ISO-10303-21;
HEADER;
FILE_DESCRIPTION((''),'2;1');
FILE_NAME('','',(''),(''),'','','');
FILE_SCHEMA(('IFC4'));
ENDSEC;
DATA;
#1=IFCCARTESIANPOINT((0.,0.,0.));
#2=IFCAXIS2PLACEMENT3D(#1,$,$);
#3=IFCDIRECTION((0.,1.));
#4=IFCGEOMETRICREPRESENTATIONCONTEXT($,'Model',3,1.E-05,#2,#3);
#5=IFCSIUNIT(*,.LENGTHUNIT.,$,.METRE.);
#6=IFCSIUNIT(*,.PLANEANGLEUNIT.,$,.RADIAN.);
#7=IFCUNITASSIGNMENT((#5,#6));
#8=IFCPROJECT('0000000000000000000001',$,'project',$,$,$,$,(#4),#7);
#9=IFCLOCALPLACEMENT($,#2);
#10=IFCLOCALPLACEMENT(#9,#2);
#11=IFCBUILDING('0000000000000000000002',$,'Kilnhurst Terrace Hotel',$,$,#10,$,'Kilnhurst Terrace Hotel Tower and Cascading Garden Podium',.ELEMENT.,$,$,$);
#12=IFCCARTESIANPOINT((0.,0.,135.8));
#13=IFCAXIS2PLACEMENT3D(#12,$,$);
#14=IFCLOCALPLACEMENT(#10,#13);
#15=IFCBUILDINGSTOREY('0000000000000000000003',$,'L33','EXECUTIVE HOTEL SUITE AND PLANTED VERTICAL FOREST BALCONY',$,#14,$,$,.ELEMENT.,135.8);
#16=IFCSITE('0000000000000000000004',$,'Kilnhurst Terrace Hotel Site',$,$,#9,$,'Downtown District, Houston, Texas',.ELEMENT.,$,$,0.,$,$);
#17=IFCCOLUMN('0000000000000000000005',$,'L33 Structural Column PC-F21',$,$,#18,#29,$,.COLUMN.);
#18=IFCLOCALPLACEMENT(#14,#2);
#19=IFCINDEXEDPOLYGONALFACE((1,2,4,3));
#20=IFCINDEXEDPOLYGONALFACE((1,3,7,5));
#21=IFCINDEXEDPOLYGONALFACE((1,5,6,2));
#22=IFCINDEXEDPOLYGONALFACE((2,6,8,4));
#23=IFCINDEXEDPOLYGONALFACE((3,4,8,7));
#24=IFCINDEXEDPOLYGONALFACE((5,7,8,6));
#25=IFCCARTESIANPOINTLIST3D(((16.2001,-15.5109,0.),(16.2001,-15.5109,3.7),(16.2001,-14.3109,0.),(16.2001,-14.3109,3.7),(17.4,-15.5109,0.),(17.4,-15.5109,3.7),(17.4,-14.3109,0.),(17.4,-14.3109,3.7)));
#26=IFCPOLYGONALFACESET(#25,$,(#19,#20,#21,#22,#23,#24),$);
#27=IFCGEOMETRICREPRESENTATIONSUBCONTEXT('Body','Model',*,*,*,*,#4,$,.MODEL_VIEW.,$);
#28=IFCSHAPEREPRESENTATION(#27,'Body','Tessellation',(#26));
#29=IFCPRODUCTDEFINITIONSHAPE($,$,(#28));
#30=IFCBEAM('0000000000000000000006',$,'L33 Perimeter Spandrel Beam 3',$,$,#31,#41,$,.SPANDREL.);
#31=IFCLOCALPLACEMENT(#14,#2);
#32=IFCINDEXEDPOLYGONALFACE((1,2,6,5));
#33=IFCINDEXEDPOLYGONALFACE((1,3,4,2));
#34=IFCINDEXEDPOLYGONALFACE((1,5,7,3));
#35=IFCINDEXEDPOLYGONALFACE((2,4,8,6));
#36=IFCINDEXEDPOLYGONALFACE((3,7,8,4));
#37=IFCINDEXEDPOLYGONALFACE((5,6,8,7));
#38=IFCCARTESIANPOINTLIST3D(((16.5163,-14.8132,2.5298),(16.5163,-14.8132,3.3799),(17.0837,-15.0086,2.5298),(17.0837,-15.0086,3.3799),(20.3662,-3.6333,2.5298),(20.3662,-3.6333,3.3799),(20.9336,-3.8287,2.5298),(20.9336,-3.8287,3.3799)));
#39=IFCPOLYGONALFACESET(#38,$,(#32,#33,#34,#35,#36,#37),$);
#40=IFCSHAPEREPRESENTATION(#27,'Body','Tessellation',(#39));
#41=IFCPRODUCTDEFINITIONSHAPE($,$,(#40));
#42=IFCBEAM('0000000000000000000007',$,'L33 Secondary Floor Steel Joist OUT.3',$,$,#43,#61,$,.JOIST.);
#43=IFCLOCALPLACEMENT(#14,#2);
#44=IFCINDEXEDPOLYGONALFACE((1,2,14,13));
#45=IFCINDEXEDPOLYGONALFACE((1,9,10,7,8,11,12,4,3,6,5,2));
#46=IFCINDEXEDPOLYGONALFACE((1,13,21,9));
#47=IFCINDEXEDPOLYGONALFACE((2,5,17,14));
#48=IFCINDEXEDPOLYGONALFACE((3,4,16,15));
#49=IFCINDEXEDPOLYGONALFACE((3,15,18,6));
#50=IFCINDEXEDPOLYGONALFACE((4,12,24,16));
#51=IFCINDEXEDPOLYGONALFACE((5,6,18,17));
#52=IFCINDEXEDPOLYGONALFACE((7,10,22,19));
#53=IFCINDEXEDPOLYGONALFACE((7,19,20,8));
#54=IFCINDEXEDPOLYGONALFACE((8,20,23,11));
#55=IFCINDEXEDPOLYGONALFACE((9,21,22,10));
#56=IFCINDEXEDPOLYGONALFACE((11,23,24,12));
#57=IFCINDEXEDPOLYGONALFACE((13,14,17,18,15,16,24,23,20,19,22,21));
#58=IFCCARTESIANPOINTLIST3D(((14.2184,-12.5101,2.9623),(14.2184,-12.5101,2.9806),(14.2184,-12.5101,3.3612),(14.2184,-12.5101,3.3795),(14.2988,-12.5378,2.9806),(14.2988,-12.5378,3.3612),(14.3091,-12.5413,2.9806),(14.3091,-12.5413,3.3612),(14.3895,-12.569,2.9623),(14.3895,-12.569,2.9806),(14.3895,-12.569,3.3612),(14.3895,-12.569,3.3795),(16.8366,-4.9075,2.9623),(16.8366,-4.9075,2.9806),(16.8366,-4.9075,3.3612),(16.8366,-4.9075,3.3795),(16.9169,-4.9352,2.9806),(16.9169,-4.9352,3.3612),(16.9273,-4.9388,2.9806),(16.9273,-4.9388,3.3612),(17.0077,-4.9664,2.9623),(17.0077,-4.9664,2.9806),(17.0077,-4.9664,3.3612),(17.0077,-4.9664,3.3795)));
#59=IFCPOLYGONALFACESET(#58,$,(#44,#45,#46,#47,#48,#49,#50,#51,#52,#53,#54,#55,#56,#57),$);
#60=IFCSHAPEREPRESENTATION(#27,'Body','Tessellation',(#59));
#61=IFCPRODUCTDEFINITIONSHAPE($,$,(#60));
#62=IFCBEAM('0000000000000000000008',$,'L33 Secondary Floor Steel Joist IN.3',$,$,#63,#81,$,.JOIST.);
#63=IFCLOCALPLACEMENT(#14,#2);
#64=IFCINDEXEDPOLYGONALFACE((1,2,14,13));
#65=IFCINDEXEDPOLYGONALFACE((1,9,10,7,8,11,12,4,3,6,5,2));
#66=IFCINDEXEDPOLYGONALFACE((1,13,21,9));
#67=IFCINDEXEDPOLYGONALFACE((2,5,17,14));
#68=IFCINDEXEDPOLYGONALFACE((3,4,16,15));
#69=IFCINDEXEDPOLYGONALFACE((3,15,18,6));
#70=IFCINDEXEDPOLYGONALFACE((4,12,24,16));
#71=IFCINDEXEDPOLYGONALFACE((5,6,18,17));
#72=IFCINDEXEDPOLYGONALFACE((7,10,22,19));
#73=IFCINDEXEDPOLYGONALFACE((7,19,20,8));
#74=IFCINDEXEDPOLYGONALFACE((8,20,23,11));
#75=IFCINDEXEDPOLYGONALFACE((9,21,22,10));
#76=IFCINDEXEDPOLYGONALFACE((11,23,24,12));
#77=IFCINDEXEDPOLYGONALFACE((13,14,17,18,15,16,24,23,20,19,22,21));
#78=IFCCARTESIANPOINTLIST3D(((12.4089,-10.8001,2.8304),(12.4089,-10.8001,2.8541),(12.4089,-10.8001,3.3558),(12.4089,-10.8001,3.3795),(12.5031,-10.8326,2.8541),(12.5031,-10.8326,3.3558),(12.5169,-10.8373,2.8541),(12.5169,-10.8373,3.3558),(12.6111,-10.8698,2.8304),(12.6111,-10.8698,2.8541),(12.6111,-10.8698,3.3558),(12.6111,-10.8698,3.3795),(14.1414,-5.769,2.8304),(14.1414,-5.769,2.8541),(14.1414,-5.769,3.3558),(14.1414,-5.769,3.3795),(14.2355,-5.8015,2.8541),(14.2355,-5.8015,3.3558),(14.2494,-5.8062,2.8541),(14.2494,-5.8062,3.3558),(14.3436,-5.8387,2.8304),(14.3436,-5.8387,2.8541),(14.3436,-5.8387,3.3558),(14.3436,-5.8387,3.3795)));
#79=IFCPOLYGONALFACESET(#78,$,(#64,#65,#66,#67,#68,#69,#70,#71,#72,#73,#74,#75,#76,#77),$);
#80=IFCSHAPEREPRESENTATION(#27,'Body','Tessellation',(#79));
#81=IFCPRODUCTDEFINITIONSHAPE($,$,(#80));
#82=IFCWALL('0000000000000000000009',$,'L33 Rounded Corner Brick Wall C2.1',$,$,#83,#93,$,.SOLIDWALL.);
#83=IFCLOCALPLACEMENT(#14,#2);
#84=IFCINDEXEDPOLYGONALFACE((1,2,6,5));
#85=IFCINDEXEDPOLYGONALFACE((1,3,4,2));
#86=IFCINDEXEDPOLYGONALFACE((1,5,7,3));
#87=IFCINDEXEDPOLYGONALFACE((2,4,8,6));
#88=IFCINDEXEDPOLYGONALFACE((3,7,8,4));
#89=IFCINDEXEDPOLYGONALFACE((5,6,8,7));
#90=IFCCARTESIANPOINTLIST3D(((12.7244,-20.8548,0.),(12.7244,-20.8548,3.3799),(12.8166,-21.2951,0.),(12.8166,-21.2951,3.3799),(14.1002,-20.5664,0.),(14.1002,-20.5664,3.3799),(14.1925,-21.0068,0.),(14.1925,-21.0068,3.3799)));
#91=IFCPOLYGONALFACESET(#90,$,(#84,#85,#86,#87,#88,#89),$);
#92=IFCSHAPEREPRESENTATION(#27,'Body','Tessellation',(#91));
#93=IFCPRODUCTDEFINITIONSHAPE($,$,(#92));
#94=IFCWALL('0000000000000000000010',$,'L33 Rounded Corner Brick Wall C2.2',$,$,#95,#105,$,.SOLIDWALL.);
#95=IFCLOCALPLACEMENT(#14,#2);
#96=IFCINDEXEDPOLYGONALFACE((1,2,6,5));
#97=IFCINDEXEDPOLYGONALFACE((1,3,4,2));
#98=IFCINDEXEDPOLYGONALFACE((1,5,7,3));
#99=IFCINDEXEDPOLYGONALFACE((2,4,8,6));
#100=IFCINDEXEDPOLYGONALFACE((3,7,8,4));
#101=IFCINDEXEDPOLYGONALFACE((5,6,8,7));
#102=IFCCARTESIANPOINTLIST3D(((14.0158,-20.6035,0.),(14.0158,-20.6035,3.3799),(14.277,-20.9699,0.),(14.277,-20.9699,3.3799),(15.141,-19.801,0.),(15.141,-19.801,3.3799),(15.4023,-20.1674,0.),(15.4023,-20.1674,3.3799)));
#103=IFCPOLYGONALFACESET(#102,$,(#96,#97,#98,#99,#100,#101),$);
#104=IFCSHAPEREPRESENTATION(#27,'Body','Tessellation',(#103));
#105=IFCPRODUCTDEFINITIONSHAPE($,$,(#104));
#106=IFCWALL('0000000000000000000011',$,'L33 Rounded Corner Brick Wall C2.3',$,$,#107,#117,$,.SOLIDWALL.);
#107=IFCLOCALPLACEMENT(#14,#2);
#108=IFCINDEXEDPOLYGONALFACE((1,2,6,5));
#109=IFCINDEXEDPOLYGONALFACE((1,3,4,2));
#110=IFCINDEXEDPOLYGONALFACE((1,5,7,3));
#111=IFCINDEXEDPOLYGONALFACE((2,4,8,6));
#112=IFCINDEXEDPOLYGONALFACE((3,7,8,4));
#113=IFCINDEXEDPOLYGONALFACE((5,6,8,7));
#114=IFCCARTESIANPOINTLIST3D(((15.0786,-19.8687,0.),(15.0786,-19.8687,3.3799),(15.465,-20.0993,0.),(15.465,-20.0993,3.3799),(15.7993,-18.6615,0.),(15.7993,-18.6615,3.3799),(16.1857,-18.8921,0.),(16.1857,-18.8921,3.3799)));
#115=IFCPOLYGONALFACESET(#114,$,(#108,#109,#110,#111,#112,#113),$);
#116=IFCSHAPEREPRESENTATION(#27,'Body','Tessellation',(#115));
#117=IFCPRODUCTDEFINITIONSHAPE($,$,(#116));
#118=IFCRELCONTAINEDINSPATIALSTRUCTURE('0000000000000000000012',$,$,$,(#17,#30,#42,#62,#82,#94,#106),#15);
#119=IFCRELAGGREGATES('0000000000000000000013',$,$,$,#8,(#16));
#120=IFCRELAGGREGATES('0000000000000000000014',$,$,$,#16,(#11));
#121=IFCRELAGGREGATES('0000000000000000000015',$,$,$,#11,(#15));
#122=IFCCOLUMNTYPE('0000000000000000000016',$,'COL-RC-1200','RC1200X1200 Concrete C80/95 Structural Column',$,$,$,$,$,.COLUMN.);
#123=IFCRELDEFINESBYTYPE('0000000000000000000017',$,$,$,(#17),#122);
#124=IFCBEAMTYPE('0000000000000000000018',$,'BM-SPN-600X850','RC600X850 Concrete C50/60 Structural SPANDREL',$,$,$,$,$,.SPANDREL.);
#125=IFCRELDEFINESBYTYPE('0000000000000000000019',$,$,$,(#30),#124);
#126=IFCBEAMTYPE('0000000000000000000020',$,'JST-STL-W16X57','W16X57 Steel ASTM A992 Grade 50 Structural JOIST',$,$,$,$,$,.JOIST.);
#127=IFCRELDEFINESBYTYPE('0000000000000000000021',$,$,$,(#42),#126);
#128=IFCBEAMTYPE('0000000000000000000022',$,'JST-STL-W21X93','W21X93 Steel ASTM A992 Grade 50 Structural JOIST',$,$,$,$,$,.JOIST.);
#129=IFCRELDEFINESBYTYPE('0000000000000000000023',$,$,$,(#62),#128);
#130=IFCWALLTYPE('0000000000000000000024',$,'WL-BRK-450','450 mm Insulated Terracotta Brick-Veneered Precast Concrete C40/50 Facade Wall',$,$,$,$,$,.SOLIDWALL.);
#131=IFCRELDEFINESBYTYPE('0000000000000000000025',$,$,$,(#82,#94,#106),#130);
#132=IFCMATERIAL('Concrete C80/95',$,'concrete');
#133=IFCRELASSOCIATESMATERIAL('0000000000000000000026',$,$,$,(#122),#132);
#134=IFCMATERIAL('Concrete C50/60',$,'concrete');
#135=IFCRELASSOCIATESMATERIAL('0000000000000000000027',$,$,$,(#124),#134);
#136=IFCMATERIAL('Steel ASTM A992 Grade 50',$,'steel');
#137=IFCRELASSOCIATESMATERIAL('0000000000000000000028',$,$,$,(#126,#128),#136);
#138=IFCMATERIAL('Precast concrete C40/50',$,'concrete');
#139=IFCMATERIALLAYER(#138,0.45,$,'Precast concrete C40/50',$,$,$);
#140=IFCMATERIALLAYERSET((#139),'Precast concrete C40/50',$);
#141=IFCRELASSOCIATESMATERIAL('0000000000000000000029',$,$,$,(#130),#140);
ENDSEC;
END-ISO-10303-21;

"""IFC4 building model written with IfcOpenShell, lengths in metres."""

from ifc_helpers import new_model, si_unit, direction, frame, frame_2d, origin, origin_2d, place, context, subcontext, project, spatial, rectangle, i_section, extrude, material, layer, layer_set, material_profile, profile_set, type_object, element, save


model = new_model("IFC4")

# Units and contexts
model_context = context("Model", 3, precision=1e-05, world=origin(), true_north=direction((0.0, 1.0)))
body_context = subcontext(model_context, "Body", "Model", "MODEL_VIEW")
ifc_project = project(units=[si_unit("LENGTHUNIT", "METRE"), si_unit("PLANEANGLEUNIT", "RADIAN")], contexts=[model_context])

# Site, building, storey
site_placement = place(None, origin())
site = spatial("IfcSite", under=ifc_project, at=site_placement, Name="Kilnhurst Terrace Hotel Site", LongName="Downtown District, Houston, Texas", CompositionType="ELEMENT", RefElevation=0.0)
building_placement = place(site_placement, origin())
building = spatial("IfcBuilding", under=site, at=building_placement, Name="Kilnhurst Terrace Hotel", LongName="Kilnhurst Terrace Hotel Tower and Cascading Garden Podium", CompositionType="ELEMENT")
storey_placement = place(building_placement, frame((0.0, 0.0, 135.8)))
storey = spatial("IfcBuildingStorey", under=building, at=storey_placement, Name="L33", Description="EXECUTIVE HOTEL SUITE AND PLANTED VERTICAL FOREST BALCONY", CompositionType="ELEMENT", Elevation=135.8)

# Column
ifc_material_1 = material(Name="Concrete C80/95", Category="concrete")
ifc_material_profile_1 = material_profile(ifc_material_1, rectangle(XDim=1.2, YDim=1.2, at=origin_2d()), Name="RC1200X1200")
ifc_profile_set_1 = profile_set([ifc_material_profile_1], Name="Concrete C80/95")
column_type = type_object("IfcColumnType", Name="COL-RC-1200", Description="RC1200X1200 Concrete C80/95 Structural Column", PredefinedType="COLUMN", material=ifc_profile_set_1)
column_placement = place(storey_placement, frame((16.8, -14.9109, 0.0), z_axis=(0.0, 0.0, 1.0), x_axis=(1.0, 0.0, 0.0)))
element("IfcColumn", 1, at=column_placement, inside=storey, type_object=column_type, Name="L33 Structural Column PC-F21", PredefinedType="COLUMN", context=body_context, shape_type="SweptSolid", body=[
    extrude(rectangle(XDim=1.2, YDim=1.2, at=origin_2d()), origin(), (0.0, 0.0, 1.0), 3.7),
])

# Beams
ifc_material_2 = material(Name="Concrete C50/60", Category="concrete")
ifc_material_profile_2 = material_profile(ifc_material_2, rectangle(XDim=0.6001, YDim=0.8501, at=origin_2d()), Name="RC600X850")
ifc_profile_set_2 = profile_set([ifc_material_profile_2], Name="Concrete C50/60")
beam_type_1 = type_object("IfcBeamType", Name="BM-SPN-600X850", Description="RC600X850 Concrete C50/60 Structural SPANDREL", PredefinedType="SPANDREL", material=ifc_profile_set_2)
beam_1_placement = place(storey_placement, frame((16.8, -14.9109, 2.9548), z_axis=(0.32559, 0.945511, 0.0), x_axis=(-0.945511, 0.32559, 0.0)))
element("IfcBeam", 2, at=beam_1_placement, inside=storey, type_object=beam_type_1, Name="L33 Perimeter Spandrel Beam 3", PredefinedType="SPANDREL", context=body_context, shape_type="SweptSolid", body=[
    extrude(rectangle(XDim=0.6001, YDim=0.8501, at=origin_2d()), origin(), (0.0, 0.0, 1.0), 11.8242),
])
ifc_material_3 = material(Name="Steel ASTM A992 Grade 50", Category="steel")
ifc_material_profile_3 = material_profile(ifc_material_3, i_section(OverallWidth=0.1809, OverallDepth=0.4172, WebThickness=0.011, FlangeThickness=0.0183, at=origin_2d()), Name="W16X57")
ifc_profile_set_3 = profile_set([ifc_material_profile_3], Name="Steel ASTM A992 Grade 50")
beam_type_2 = type_object("IfcBeamType", Name="JST-STL-W16X57", Description="W16X57 Steel ASTM A992 Grade 50 Structural JOIST", PredefinedType="JOIST", material=ifc_profile_set_3)
beam_2_placement = place(storey_placement, frame((14.304, -12.5396, 3.1709), z_axis=(0.325613, 0.945503, 0.0), x_axis=(-0.945503, 0.325613, 0.0)))
element("IfcBeam", 3, at=beam_2_placement, inside=storey, type_object=beam_type_2, Name="L33 Secondary Floor Steel Joist OUT.3", PredefinedType="JOIST", context=body_context, shape_type="SweptSolid", body=[
    extrude(i_section(OverallWidth=0.1809, OverallDepth=0.4172, WebThickness=0.011, FlangeThickness=0.0183, at=origin_2d()), origin(), (0.0, 0.0, 1.0), 8.0408),
])
ifc_material_profile_4 = material_profile(ifc_material_3, i_section(OverallWidth=0.2139, OverallDepth=0.5491, WebThickness=0.0146, FlangeThickness=0.0237, at=origin_2d()), Name="W21X93")
ifc_profile_set_4 = profile_set([ifc_material_profile_4], Name="Steel ASTM A992 Grade 50")
beam_type_3 = type_object("IfcBeamType", Name="JST-STL-W21X93", Description="W21X93 Steel ASTM A992 Grade 50 Structural JOIST", PredefinedType="JOIST", material=ifc_profile_set_4)
beam_3_placement = place(storey_placement, frame((12.51, -10.835, 3.105), z_axis=(0.325586, 0.945512, 0.0), x_axis=(-0.945512, 0.325586, 0.0)))
element("IfcBeam", 4, at=beam_3_placement, inside=storey, type_object=beam_type_3, Name="L33 Secondary Floor Steel Joist IN.3", PredefinedType="JOIST", context=body_context, shape_type="SweptSolid", body=[
    extrude(i_section(OverallWidth=0.2139, OverallDepth=0.5491, WebThickness=0.0146, FlangeThickness=0.0237, at=origin_2d()), origin(), (0.0, 0.0, 1.0), 5.321),
])

# Walls
ifc_material_4 = material(Name="Precast concrete C40/50", Category="concrete")
ifc_layer_1 = layer(ifc_material_4, 0.45, Name="Precast concrete C40/50")
ifc_layer_set_1 = layer_set([ifc_layer_1], Name="Precast concrete C40/50")
wall_type_1 = type_object("IfcWallType", Name="WL-BRK-450", Description="450 mm Insulated Terracotta Brick-Veneered Precast Concrete C40/50 Facade Wall", PredefinedType="SOLIDWALL", material=ifc_layer_set_1)
wall_1_placement = place(storey_placement, frame((12.7705, -21.075, 0.0), z_axis=(0.0, 0.0, 1.0), x_axis=(0.978743, 0.205091, 0.0)))
element("IfcWall", 5, at=wall_1_placement, inside=storey, type_object=wall_type_1, Name="L33 Rounded Corner Brick Wall C2.1", PredefinedType="SOLIDWALL", context=body_context, shape_type="SweptSolid", body=[
    extrude(rectangle(XDim=1.4058, YDim=0.45, at=frame_2d((0.7029, 0.0))), origin(), (0.0, 0.0, 1.0), 3.3799),
])
wall_2_placement = place(storey_placement, frame((14.1465, -20.7866, 0.0), z_axis=(0.0, 0.0, 1.0), x_axis=(0.814163, 0.580636, 0.0)))
element("IfcWall", 6, at=wall_2_placement, inside=storey, type_object=wall_type_1, Name="L33 Rounded Corner Brick Wall C2.2", PredefinedType="SOLIDWALL", context=body_context, shape_type="SweptSolid", body=[
    extrude(rectangle(XDim=1.3821, YDim=0.45, at=frame_2d((0.6909, 0.0))), origin(), (0.0, 0.0, 1.0), 3.3799),
])
wall_3_placement = place(storey_placement, frame((15.2717, -19.9841, 0.0), z_axis=(0.0, 0.0, 1.0), x_axis=(0.512579, 0.85864, 0.0)))
element("IfcWall", 7, at=wall_3_placement, inside=storey, type_object=wall_type_1, Name="L33 Rounded Corner Brick Wall C2.3", PredefinedType="SOLIDWALL", context=body_context, shape_type="SweptSolid", body=[
    extrude(rectangle(XDim=1.406, YDim=0.45, at=frame_2d((0.7031, 0.0))), origin(), (0.0, 0.0, 1.0), 3.3799),
])

save(model, "model.ifc")
